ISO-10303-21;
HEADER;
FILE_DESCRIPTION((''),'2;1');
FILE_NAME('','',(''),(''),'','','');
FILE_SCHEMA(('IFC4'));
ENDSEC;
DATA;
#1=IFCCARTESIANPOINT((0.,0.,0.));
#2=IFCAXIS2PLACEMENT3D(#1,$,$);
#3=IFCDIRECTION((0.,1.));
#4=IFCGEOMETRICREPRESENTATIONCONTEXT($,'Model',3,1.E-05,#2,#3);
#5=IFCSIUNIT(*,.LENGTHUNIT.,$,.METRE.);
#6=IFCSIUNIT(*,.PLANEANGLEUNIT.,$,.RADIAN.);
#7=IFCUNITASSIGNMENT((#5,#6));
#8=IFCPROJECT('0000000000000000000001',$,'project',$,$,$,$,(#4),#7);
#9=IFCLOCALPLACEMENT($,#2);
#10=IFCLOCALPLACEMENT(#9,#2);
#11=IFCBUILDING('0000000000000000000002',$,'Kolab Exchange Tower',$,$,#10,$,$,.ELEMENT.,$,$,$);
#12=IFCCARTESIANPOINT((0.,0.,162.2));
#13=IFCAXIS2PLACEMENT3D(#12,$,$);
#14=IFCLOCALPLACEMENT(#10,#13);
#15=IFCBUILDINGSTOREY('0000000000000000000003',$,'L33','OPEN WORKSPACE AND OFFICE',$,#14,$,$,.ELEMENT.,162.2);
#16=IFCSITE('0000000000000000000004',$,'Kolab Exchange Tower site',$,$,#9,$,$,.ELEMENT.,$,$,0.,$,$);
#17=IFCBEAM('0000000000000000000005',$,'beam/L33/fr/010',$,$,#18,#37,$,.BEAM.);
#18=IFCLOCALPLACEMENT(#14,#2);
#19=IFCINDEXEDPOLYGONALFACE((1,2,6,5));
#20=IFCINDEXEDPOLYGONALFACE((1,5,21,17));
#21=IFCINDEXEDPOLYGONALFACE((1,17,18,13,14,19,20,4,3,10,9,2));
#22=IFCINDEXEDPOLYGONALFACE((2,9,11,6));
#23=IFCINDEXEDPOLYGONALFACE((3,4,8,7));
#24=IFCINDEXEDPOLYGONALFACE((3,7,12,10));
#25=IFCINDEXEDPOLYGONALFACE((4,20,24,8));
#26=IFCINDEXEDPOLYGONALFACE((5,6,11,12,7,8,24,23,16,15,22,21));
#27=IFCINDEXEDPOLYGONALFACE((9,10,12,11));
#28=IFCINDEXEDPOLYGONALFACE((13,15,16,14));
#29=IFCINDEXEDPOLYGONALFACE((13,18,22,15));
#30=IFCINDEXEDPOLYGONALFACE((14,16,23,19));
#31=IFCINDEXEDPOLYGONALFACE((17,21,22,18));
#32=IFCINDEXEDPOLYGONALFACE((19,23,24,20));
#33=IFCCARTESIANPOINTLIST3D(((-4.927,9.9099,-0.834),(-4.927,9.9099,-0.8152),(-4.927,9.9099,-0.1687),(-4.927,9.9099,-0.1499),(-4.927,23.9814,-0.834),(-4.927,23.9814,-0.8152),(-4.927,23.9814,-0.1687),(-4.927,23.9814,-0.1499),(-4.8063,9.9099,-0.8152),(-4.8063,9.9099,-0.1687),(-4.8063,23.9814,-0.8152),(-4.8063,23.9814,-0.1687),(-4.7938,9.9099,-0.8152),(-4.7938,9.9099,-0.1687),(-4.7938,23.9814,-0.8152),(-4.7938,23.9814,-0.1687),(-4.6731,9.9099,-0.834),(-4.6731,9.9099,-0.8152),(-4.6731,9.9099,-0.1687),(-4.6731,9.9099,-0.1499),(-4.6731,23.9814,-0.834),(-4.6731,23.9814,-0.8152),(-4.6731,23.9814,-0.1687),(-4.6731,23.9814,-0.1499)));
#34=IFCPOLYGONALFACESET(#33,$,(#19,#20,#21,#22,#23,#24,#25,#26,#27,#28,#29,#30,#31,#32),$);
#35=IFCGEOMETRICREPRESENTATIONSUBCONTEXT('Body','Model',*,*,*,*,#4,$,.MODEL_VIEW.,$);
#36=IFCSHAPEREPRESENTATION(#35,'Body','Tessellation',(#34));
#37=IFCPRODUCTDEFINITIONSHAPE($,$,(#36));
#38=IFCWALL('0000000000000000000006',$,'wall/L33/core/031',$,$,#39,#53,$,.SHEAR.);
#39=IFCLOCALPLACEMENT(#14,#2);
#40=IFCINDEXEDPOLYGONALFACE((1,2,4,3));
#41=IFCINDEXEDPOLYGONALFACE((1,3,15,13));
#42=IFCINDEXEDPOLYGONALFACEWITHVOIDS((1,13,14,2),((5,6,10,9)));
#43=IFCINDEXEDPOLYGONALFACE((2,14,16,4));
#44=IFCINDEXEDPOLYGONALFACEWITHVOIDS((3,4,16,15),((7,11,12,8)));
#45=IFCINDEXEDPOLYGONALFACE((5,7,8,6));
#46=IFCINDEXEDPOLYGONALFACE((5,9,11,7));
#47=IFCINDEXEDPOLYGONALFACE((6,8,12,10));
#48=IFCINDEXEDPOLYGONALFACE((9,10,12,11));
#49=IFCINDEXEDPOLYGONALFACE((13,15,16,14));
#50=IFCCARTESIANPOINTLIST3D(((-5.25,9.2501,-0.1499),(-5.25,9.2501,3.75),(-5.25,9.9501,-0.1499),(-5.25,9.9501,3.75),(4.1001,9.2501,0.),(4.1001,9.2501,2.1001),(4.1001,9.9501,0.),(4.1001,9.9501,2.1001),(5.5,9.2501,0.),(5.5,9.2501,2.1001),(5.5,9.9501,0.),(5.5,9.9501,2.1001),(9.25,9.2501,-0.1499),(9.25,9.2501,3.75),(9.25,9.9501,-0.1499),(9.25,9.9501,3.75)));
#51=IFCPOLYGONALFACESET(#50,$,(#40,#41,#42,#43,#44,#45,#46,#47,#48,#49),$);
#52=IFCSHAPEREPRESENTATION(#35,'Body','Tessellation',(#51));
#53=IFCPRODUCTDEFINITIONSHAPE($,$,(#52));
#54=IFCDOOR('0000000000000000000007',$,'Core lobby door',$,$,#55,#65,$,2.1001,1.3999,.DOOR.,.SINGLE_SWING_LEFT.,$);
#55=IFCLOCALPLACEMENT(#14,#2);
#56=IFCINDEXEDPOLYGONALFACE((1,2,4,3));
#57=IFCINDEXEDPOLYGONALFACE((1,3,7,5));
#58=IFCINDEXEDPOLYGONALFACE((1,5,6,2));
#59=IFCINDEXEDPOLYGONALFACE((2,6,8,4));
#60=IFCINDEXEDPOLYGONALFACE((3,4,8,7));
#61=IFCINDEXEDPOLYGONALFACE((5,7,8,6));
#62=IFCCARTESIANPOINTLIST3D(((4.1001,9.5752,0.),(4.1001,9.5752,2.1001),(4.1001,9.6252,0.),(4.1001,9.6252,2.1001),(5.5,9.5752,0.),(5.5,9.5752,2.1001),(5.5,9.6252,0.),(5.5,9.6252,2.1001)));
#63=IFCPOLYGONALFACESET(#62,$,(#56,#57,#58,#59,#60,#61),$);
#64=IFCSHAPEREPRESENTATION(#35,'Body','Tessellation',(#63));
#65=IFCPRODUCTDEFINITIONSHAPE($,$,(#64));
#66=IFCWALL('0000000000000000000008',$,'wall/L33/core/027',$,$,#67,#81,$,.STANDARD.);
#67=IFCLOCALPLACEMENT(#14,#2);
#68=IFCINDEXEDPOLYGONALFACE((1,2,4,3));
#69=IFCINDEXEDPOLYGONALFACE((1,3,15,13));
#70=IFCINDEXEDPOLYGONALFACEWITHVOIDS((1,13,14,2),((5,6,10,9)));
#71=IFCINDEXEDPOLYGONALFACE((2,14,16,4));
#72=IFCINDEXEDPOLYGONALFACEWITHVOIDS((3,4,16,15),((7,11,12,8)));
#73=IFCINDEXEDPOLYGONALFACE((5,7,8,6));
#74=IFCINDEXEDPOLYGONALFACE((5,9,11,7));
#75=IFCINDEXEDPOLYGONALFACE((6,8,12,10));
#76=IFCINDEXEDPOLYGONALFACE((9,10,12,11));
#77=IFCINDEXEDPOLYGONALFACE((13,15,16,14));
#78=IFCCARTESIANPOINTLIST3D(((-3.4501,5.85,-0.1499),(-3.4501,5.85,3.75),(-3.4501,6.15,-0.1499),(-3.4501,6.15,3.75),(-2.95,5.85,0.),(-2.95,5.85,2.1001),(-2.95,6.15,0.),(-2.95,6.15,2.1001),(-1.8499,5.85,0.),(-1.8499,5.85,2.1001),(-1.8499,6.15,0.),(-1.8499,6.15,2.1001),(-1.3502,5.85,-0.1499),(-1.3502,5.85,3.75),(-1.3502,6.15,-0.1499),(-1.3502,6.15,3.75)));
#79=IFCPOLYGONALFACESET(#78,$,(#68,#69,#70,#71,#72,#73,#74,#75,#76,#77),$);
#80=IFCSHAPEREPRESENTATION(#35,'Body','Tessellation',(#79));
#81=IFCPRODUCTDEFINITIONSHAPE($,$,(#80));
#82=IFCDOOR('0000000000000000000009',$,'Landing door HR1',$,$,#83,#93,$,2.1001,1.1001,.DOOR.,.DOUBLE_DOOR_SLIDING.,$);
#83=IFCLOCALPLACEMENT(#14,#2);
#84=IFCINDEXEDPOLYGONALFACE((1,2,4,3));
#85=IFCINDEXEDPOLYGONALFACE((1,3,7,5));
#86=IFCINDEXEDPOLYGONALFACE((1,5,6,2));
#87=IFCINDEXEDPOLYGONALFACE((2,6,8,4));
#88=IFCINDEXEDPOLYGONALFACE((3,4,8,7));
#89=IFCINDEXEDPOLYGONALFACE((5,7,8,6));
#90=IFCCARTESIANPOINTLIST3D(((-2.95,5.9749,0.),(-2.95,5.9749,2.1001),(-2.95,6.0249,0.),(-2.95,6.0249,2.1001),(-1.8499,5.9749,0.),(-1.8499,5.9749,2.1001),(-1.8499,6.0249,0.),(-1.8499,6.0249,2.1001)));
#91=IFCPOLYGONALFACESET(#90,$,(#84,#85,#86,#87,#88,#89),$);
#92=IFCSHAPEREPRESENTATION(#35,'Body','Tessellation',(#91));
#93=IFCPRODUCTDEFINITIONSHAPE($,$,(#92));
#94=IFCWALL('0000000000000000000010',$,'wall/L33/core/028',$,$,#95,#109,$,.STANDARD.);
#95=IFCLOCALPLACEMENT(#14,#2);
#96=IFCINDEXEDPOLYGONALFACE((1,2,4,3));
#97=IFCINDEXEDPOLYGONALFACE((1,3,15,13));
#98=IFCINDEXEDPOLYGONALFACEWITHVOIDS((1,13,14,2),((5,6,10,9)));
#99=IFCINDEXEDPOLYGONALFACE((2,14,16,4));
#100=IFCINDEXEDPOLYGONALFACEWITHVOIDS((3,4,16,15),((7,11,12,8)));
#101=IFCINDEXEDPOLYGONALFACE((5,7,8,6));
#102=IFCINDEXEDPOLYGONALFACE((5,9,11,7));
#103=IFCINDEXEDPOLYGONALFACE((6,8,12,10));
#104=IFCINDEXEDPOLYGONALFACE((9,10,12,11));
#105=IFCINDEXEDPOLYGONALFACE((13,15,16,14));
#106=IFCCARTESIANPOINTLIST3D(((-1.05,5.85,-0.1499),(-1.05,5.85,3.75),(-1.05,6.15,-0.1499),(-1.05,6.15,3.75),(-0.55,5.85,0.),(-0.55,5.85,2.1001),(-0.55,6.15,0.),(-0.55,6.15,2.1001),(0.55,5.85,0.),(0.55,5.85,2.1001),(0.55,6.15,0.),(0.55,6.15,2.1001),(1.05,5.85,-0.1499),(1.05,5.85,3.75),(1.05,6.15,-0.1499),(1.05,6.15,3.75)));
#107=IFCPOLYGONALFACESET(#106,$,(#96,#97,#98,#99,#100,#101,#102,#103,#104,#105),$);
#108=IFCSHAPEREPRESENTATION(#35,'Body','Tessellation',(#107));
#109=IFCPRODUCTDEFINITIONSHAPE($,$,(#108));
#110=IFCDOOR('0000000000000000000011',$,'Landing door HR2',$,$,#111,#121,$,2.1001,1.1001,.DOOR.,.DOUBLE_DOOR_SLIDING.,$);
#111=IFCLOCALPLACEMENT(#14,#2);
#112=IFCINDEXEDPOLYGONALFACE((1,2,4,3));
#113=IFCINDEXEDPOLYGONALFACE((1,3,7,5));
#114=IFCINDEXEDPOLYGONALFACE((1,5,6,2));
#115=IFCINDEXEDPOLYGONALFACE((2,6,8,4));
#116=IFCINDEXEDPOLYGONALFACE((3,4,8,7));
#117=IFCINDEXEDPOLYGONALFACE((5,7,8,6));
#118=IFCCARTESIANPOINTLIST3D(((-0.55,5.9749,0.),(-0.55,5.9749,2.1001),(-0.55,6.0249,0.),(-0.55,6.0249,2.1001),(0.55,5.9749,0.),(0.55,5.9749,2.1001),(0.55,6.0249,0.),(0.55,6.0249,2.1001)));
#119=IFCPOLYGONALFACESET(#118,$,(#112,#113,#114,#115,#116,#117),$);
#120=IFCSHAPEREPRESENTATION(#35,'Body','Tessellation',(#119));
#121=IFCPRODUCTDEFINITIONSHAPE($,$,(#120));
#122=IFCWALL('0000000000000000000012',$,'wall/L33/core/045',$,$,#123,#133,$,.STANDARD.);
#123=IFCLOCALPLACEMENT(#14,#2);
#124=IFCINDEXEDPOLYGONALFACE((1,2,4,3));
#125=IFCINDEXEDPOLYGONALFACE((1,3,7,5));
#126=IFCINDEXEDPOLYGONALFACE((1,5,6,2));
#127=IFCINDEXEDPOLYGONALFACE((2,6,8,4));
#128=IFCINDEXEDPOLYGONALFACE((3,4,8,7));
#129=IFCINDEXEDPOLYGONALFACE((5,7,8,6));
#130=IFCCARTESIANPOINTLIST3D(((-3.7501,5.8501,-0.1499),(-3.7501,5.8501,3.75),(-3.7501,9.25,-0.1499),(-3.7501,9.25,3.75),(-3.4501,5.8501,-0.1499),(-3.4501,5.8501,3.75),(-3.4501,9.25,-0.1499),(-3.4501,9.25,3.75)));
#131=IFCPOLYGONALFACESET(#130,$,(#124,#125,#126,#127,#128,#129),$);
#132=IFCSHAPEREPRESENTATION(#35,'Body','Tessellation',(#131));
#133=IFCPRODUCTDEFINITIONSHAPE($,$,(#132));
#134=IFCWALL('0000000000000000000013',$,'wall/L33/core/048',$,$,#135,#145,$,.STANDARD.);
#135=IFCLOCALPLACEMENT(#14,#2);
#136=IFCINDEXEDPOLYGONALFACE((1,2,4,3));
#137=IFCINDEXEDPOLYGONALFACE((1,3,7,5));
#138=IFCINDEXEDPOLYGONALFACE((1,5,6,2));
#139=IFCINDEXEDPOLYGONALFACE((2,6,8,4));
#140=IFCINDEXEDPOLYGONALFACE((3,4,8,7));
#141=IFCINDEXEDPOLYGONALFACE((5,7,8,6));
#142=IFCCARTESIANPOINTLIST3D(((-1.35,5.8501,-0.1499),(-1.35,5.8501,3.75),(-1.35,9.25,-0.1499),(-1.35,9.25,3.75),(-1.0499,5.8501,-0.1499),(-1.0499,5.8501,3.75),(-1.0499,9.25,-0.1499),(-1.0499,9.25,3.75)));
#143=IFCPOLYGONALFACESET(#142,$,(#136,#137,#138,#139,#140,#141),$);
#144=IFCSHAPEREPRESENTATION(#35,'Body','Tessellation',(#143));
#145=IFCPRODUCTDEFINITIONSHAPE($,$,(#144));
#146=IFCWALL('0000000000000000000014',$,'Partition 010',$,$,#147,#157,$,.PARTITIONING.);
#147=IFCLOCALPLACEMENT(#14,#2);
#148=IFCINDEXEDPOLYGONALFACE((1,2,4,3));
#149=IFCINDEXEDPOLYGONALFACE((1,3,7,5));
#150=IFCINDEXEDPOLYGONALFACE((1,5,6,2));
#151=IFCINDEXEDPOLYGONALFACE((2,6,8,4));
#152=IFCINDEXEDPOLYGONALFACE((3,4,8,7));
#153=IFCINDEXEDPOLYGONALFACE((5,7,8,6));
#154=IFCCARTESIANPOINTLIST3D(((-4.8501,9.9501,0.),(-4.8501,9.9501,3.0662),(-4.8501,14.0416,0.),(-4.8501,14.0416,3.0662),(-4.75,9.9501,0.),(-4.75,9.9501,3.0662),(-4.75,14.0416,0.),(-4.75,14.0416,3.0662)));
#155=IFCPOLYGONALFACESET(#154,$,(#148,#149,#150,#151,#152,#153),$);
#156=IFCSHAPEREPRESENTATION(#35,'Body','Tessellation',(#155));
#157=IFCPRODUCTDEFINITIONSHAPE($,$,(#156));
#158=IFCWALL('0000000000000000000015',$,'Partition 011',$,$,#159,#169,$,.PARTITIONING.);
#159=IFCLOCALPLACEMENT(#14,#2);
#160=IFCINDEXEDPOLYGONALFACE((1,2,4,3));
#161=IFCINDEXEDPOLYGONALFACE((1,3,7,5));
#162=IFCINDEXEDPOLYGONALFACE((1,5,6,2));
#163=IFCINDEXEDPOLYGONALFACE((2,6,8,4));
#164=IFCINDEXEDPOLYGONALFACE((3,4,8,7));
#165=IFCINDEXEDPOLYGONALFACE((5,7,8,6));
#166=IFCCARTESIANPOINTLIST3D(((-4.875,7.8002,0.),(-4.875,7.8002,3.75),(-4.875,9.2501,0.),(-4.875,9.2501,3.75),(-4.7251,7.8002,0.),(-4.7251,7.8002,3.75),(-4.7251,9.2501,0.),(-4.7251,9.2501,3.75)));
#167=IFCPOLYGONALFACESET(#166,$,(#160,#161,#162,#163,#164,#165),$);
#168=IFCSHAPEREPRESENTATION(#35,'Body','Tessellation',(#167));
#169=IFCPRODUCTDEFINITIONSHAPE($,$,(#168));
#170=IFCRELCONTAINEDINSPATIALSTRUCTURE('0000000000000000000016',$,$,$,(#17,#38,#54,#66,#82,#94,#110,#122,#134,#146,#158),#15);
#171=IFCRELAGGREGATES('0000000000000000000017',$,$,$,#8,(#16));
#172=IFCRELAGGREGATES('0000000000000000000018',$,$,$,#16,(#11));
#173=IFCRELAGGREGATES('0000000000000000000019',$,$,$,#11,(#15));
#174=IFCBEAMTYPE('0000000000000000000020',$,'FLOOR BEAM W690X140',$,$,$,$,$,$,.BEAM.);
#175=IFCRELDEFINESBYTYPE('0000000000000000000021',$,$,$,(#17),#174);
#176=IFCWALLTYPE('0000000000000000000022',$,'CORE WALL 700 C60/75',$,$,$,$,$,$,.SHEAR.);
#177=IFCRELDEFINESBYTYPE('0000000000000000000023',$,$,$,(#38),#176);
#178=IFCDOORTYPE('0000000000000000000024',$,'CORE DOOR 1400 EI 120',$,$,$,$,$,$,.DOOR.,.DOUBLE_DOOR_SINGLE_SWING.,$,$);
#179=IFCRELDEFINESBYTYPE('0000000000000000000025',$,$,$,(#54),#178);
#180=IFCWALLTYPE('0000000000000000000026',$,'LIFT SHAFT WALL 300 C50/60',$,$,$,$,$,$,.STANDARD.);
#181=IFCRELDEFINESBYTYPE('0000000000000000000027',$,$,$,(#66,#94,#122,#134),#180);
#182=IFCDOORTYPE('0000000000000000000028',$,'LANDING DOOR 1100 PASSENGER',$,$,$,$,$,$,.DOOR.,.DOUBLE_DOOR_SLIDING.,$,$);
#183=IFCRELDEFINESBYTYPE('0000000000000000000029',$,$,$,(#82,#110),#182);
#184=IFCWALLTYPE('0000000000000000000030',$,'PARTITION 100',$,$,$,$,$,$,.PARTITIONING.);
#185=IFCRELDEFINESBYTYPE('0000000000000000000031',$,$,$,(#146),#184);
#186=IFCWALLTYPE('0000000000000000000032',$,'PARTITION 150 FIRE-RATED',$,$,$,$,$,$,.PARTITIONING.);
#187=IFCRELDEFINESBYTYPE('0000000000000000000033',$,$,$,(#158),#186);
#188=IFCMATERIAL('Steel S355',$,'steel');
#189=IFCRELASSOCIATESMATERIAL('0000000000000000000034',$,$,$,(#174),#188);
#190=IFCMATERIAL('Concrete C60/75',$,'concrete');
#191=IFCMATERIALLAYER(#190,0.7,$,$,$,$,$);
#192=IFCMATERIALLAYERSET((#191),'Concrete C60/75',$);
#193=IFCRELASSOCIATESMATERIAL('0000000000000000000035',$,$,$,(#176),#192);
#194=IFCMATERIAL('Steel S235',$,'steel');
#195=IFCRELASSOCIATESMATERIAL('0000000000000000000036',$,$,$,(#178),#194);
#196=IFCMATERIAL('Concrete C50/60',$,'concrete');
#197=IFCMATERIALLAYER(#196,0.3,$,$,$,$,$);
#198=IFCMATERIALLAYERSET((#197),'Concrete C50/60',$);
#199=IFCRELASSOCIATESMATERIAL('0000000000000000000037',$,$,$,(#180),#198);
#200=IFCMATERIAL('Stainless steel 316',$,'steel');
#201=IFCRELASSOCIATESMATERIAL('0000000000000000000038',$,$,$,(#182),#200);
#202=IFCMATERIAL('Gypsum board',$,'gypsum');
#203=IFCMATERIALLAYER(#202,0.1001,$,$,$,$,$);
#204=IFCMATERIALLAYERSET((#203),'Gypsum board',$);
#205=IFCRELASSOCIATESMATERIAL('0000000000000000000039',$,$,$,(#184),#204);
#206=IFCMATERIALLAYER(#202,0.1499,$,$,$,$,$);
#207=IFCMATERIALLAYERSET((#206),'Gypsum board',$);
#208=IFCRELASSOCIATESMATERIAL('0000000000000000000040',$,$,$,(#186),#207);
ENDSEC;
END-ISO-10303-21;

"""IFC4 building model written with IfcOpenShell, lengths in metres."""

from ifc_helpers import new_model, si_unit, direction, frame, frame_2d, origin, origin_2d, place, context, subcontext, project, spatial, rectangle, i_section, extrude, material, layer, layer_set, material_profile, profile_set, type_object, element, fill, save


model = new_model("IFC4")

# Units and contexts
model_context = context("Model", 3, precision=1e-05, world=origin(), true_north=direction((0.0, 1.0)))
body_context = subcontext(model_context, "Body", "Model", "MODEL_VIEW")
ifc_project = project(units=[si_unit("LENGTHUNIT", "METRE"), si_unit("PLANEANGLEUNIT", "RADIAN")], contexts=[model_context])

# Site, building, storey
site_placement = place(None, origin())
site = spatial("IfcSite", under=ifc_project, at=site_placement, Name="Kolab Exchange Tower site", CompositionType="ELEMENT", RefElevation=0.0)
building_placement = place(site_placement, origin())
building = spatial("IfcBuilding", under=site, at=building_placement, Name="Kolab Exchange Tower", CompositionType="ELEMENT")
storey_placement = place(building_placement, frame((0.0, 0.0, 162.2)))
storey = spatial("IfcBuildingStorey", under=building, at=storey_placement, Name="L33", Description="OPEN WORKSPACE AND OFFICE", CompositionType="ELEMENT", Elevation=162.2)

# Beam
ifc_material_1 = material(Name="Steel S355", Category="steel")
ifc_material_profile = material_profile(ifc_material_1, i_section(OverallWidth=0.2539, OverallDepth=0.6841, WebThickness=0.0125, FlangeThickness=0.0188, at=origin_2d()), Name="W690X140")
ifc_profile_set = profile_set([ifc_material_profile], Name="Steel S355")
beam_type = type_object("IfcBeamType", Name="FLOOR BEAM W690X140", PredefinedType="BEAM", material=ifc_profile_set)
beam_placement = place(storey_placement, frame((-4.8, 9.9099, -0.4919), z_axis=(0.0, 1.0, 0.0), x_axis=(-1.0, 0.0, 0.0)))
element("IfcBeam", 1, at=beam_placement, inside=storey, type_object=beam_type, Name="beam/L33/fr/010", PredefinedType="BEAM", context=body_context, shape_type="SweptSolid", body=[
    extrude(i_section(OverallWidth=0.2539, OverallDepth=0.6841, WebThickness=0.0125, FlangeThickness=0.0188, at=origin_2d()), origin(), (0.0, 0.0, 1.0), 14.0715),
])

# Walls, openings, doors
ifc_material_2 = material(Name="Concrete C60/75", Category="concrete")
ifc_layer_1 = layer(ifc_material_2, 0.7)
ifc_layer_set_1 = layer_set([ifc_layer_1], Name="Concrete C60/75")
wall_type_1 = type_object("IfcWallType", Name="CORE WALL 700 C60/75", PredefinedType="SHEAR", material=ifc_layer_set_1)
wall_1_placement = place(storey_placement, frame((-5.25, 9.6001, -0.1499), z_axis=(0.0, 0.0, 1.0), x_axis=(1.0, 0.0, 0.0)))
wall_1 = element("IfcWall", 2, at=wall_1_placement, inside=storey, type_object=wall_type_1, Name="wall/L33/core/031", PredefinedType="SHEAR", context=body_context, shape_type="SweptSolid", body=[
    extrude(rectangle(XDim=14.5, YDim=0.7, at=frame_2d((7.25, 0.0))), origin(), (0.0, 0.0, 1.0), 3.8999),
])
opening_1_placement = place(wall_1_placement, frame((9.3501, 0.0, 0.1499)))
opening_1 = element("IfcOpeningElement", 3, at=opening_1_placement, cuts=wall_1, PredefinedType="OPENING", context=body_context, shape_type="SweptSolid", body=[
    extrude(rectangle(XDim=1.3999, YDim=2.1001, at=frame_2d((0.7, 1.05))), frame((0.0, 0.3599, 0.0), z_axis=(0.0, -1.0, 0.0), x_axis=(1.0, 0.0, 0.0)), (0.0, 0.0, 1.0), 0.72),
])
ifc_material_3 = material(Name="Steel S235", Category="steel")
door_type_1 = type_object("IfcDoorType", Name="CORE DOOR 1400 EI 120", OperationType="DOUBLE_DOOR_SINGLE_SWING", PredefinedType="DOOR", material=ifc_material_3)
door_1_placement = place(opening_1_placement, frame((1.3999, 0.0, 0.0), z_axis=(0.0, 0.0, 1.0), x_axis=(-1.0, 0.0, 0.0)))
door_1 = element("IfcDoor", 4, at=door_1_placement, inside=storey, type_object=door_type_1, Name="Core lobby door", OperationType="SINGLE_SWING_LEFT", OverallHeight=2.1001, OverallWidth=1.3999, PredefinedType="DOOR", context=body_context, shape_type="SweptSolid", body=[
    extrude(rectangle(XDim=1.3999, YDim=2.1001, at=frame_2d((0.7, 1.05))), frame((0.0, 0.0249, 0.0), z_axis=(0.0, -1.0, 0.0), x_axis=(1.0, 0.0, 0.0)), (0.0, 0.0, 1.0), 0.05),
])
fill(opening_1, door_1)
ifc_material_4 = material(Name="Concrete C50/60", Category="concrete")
ifc_layer_2 = layer(ifc_material_4, 0.3)
ifc_layer_set_2 = layer_set([ifc_layer_2], Name="Concrete C50/60")
wall_type_2 = type_object("IfcWallType", Name="LIFT SHAFT WALL 300 C50/60", PredefinedType="STANDARD", material=ifc_layer_set_2)
wall_2_placement = place(storey_placement, frame((-3.45, 6.0, -0.1499), z_axis=(0.0, 0.0, 1.0), x_axis=(1.0, 0.0, 0.0)))
wall_2 = element("IfcWall", 5, at=wall_2_placement, inside=storey, type_object=wall_type_2, Name="wall/L33/core/027", PredefinedType="STANDARD", context=body_context, shape_type="SweptSolid", body=[
    extrude(rectangle(XDim=2.0999, YDim=0.3, at=frame_2d((1.0498, 0.0))), origin(), (0.0, 0.0, 1.0), 3.8999),
])
opening_2_placement = place(wall_2_placement, frame((0.5, 0.0, 0.1499)))
opening_2 = element("IfcOpeningElement", 6, at=opening_2_placement, cuts=wall_2, PredefinedType="OPENING", context=body_context, shape_type="SweptSolid", body=[
    extrude(rectangle(XDim=1.1001, YDim=2.1001, at=frame_2d((0.55, 1.05))), frame((0.0, 0.1602, 0.0), z_axis=(0.0, -1.0, 0.0), x_axis=(1.0, 0.0, 0.0)), (0.0, 0.0, 1.0), 0.3201),
])
ifc_material_5 = material(Name="Stainless steel 316", Category="steel")
door_type_2 = type_object("IfcDoorType", Name="LANDING DOOR 1100 PASSENGER", OperationType="DOUBLE_DOOR_SLIDING", PredefinedType="DOOR", material=ifc_material_5)
door_2_placement = place(opening_2_placement, origin())
door_2 = element("IfcDoor", 7, at=door_2_placement, inside=storey, type_object=door_type_2, Name="Landing door HR1", OperationType="DOUBLE_DOOR_SLIDING", OverallHeight=2.1001, OverallWidth=1.1001, PredefinedType="DOOR", context=body_context, shape_type="SweptSolid", body=[
    extrude(rectangle(XDim=1.1001, YDim=2.1001, at=frame_2d((0.55, 1.05))), frame((0.0, 0.0249, 0.0), z_axis=(0.0, -1.0, 0.0), x_axis=(1.0, 0.0, 0.0)), (0.0, 0.0, 1.0), 0.05),
])
fill(opening_2, door_2)
wall_3_placement = place(storey_placement, frame((-1.05, 6.0, -0.1499), z_axis=(0.0, 0.0, 1.0), x_axis=(1.0, 0.0, 0.0)))
wall_3 = element("IfcWall", 8, at=wall_3_placement, inside=storey, type_object=wall_type_2, Name="wall/L33/core/028", PredefinedType="STANDARD", context=body_context, shape_type="SweptSolid", body=[
    extrude(rectangle(XDim=2.1001, YDim=0.3, at=frame_2d((1.05, 0.0))), origin(), (0.0, 0.0, 1.0), 3.8999),
])
opening_3_placement = place(wall_3_placement, frame((0.5, 0.0, 0.1499)))
opening_3 = element("IfcOpeningElement", 9, at=opening_3_placement, cuts=wall_3, PredefinedType="OPENING", context=body_context, shape_type="SweptSolid", body=[
    extrude(rectangle(XDim=1.1001, YDim=2.1001, at=frame_2d((0.55, 1.05))), frame((0.0, 0.1602, 0.0), z_axis=(0.0, -1.0, 0.0), x_axis=(1.0, 0.0, 0.0)), (0.0, 0.0, 1.0), 0.3201),
])
door_3_placement = place(opening_3_placement, origin())
door_3 = element("IfcDoor", 10, at=door_3_placement, inside=storey, type_object=door_type_2, Name="Landing door HR2", OperationType="DOUBLE_DOOR_SLIDING", OverallHeight=2.1001, OverallWidth=1.1001, PredefinedType="DOOR", context=body_context, shape_type="SweptSolid", body=[
    extrude(rectangle(XDim=1.1001, YDim=2.1001, at=frame_2d((0.55, 1.05))), frame((0.0, 0.0249, 0.0), z_axis=(0.0, -1.0, 0.0), x_axis=(1.0, 0.0, 0.0)), (0.0, 0.0, 1.0), 0.05),
])
fill(opening_3, door_3)

# Walls
for number, where, z_axis, x_axis, name in (
    (11, (-3.6001, 5.8501, -0.1499), (0.0, 0.0, 1.0), (0.0, 1.0, 0.0), "wall/L33/core/045"),
    (12, (-1.2, 5.8501, -0.1499), (0.0, 0.0, 1.0), (0.0, 1.0, 0.0), "wall/L33/core/048"),
):
    element("IfcWall", number, at=place(storey_placement, frame(where, z_axis=z_axis, x_axis=x_axis)), inside=storey, type_object=wall_type_2, Name=name, PredefinedType="STANDARD", context=body_context, shape_type="SweptSolid", body=[
        extrude(rectangle(XDim=3.3999, YDim=0.3, at=frame_2d((1.7, 0.0))), origin(), (0.0, 0.0, 1.0), 3.8999),
    ])
ifc_material_6 = material(Name="Gypsum board", Category="gypsum")
ifc_layer_3 = layer(ifc_material_6, 0.1001)
ifc_layer_set_3 = layer_set([ifc_layer_3], Name="Gypsum board")
wall_type_3 = type_object("IfcWallType", Name="PARTITION 100", PredefinedType="PARTITIONING", material=ifc_layer_set_3)
wall_4_placement = place(storey_placement, frame((-4.8, 9.95, 0.0), z_axis=(0.0, 0.0, 1.0), x_axis=(0.0, 1.0, 0.0)))
element("IfcWall", 13, at=wall_4_placement, inside=storey, type_object=wall_type_3, Name="Partition 010", PredefinedType="PARTITIONING", context=body_context, shape_type="SweptSolid", body=[
    extrude(rectangle(XDim=4.0916, YDim=0.1001, at=frame_2d((2.0459, 0.0))), origin(), (0.0, 0.0, 1.0), 3.0662),
])
ifc_layer_4 = layer(ifc_material_6, 0.1499)
ifc_layer_set_4 = layer_set([ifc_layer_4], Name="Gypsum board")
wall_type_4 = type_object("IfcWallType", Name="PARTITION 150 FIRE-RATED", PredefinedType="PARTITIONING", material=ifc_layer_set_4)
wall_5_placement = place(storey_placement, frame((-4.8, 7.8, 0.0), z_axis=(0.0, 0.0, 1.0), x_axis=(0.0, 1.0, 0.0)))
element("IfcWall", 14, at=wall_5_placement, inside=storey, type_object=wall_type_4, Name="Partition 011", PredefinedType="PARTITIONING", context=body_context, shape_type="SweptSolid", body=[
    extrude(rectangle(XDim=1.45, YDim=0.1499, at=frame_2d((0.7251, 0.0))), origin(), (0.0, 0.0, 1.0), 3.75),
])

save(model, "model.ifc")
